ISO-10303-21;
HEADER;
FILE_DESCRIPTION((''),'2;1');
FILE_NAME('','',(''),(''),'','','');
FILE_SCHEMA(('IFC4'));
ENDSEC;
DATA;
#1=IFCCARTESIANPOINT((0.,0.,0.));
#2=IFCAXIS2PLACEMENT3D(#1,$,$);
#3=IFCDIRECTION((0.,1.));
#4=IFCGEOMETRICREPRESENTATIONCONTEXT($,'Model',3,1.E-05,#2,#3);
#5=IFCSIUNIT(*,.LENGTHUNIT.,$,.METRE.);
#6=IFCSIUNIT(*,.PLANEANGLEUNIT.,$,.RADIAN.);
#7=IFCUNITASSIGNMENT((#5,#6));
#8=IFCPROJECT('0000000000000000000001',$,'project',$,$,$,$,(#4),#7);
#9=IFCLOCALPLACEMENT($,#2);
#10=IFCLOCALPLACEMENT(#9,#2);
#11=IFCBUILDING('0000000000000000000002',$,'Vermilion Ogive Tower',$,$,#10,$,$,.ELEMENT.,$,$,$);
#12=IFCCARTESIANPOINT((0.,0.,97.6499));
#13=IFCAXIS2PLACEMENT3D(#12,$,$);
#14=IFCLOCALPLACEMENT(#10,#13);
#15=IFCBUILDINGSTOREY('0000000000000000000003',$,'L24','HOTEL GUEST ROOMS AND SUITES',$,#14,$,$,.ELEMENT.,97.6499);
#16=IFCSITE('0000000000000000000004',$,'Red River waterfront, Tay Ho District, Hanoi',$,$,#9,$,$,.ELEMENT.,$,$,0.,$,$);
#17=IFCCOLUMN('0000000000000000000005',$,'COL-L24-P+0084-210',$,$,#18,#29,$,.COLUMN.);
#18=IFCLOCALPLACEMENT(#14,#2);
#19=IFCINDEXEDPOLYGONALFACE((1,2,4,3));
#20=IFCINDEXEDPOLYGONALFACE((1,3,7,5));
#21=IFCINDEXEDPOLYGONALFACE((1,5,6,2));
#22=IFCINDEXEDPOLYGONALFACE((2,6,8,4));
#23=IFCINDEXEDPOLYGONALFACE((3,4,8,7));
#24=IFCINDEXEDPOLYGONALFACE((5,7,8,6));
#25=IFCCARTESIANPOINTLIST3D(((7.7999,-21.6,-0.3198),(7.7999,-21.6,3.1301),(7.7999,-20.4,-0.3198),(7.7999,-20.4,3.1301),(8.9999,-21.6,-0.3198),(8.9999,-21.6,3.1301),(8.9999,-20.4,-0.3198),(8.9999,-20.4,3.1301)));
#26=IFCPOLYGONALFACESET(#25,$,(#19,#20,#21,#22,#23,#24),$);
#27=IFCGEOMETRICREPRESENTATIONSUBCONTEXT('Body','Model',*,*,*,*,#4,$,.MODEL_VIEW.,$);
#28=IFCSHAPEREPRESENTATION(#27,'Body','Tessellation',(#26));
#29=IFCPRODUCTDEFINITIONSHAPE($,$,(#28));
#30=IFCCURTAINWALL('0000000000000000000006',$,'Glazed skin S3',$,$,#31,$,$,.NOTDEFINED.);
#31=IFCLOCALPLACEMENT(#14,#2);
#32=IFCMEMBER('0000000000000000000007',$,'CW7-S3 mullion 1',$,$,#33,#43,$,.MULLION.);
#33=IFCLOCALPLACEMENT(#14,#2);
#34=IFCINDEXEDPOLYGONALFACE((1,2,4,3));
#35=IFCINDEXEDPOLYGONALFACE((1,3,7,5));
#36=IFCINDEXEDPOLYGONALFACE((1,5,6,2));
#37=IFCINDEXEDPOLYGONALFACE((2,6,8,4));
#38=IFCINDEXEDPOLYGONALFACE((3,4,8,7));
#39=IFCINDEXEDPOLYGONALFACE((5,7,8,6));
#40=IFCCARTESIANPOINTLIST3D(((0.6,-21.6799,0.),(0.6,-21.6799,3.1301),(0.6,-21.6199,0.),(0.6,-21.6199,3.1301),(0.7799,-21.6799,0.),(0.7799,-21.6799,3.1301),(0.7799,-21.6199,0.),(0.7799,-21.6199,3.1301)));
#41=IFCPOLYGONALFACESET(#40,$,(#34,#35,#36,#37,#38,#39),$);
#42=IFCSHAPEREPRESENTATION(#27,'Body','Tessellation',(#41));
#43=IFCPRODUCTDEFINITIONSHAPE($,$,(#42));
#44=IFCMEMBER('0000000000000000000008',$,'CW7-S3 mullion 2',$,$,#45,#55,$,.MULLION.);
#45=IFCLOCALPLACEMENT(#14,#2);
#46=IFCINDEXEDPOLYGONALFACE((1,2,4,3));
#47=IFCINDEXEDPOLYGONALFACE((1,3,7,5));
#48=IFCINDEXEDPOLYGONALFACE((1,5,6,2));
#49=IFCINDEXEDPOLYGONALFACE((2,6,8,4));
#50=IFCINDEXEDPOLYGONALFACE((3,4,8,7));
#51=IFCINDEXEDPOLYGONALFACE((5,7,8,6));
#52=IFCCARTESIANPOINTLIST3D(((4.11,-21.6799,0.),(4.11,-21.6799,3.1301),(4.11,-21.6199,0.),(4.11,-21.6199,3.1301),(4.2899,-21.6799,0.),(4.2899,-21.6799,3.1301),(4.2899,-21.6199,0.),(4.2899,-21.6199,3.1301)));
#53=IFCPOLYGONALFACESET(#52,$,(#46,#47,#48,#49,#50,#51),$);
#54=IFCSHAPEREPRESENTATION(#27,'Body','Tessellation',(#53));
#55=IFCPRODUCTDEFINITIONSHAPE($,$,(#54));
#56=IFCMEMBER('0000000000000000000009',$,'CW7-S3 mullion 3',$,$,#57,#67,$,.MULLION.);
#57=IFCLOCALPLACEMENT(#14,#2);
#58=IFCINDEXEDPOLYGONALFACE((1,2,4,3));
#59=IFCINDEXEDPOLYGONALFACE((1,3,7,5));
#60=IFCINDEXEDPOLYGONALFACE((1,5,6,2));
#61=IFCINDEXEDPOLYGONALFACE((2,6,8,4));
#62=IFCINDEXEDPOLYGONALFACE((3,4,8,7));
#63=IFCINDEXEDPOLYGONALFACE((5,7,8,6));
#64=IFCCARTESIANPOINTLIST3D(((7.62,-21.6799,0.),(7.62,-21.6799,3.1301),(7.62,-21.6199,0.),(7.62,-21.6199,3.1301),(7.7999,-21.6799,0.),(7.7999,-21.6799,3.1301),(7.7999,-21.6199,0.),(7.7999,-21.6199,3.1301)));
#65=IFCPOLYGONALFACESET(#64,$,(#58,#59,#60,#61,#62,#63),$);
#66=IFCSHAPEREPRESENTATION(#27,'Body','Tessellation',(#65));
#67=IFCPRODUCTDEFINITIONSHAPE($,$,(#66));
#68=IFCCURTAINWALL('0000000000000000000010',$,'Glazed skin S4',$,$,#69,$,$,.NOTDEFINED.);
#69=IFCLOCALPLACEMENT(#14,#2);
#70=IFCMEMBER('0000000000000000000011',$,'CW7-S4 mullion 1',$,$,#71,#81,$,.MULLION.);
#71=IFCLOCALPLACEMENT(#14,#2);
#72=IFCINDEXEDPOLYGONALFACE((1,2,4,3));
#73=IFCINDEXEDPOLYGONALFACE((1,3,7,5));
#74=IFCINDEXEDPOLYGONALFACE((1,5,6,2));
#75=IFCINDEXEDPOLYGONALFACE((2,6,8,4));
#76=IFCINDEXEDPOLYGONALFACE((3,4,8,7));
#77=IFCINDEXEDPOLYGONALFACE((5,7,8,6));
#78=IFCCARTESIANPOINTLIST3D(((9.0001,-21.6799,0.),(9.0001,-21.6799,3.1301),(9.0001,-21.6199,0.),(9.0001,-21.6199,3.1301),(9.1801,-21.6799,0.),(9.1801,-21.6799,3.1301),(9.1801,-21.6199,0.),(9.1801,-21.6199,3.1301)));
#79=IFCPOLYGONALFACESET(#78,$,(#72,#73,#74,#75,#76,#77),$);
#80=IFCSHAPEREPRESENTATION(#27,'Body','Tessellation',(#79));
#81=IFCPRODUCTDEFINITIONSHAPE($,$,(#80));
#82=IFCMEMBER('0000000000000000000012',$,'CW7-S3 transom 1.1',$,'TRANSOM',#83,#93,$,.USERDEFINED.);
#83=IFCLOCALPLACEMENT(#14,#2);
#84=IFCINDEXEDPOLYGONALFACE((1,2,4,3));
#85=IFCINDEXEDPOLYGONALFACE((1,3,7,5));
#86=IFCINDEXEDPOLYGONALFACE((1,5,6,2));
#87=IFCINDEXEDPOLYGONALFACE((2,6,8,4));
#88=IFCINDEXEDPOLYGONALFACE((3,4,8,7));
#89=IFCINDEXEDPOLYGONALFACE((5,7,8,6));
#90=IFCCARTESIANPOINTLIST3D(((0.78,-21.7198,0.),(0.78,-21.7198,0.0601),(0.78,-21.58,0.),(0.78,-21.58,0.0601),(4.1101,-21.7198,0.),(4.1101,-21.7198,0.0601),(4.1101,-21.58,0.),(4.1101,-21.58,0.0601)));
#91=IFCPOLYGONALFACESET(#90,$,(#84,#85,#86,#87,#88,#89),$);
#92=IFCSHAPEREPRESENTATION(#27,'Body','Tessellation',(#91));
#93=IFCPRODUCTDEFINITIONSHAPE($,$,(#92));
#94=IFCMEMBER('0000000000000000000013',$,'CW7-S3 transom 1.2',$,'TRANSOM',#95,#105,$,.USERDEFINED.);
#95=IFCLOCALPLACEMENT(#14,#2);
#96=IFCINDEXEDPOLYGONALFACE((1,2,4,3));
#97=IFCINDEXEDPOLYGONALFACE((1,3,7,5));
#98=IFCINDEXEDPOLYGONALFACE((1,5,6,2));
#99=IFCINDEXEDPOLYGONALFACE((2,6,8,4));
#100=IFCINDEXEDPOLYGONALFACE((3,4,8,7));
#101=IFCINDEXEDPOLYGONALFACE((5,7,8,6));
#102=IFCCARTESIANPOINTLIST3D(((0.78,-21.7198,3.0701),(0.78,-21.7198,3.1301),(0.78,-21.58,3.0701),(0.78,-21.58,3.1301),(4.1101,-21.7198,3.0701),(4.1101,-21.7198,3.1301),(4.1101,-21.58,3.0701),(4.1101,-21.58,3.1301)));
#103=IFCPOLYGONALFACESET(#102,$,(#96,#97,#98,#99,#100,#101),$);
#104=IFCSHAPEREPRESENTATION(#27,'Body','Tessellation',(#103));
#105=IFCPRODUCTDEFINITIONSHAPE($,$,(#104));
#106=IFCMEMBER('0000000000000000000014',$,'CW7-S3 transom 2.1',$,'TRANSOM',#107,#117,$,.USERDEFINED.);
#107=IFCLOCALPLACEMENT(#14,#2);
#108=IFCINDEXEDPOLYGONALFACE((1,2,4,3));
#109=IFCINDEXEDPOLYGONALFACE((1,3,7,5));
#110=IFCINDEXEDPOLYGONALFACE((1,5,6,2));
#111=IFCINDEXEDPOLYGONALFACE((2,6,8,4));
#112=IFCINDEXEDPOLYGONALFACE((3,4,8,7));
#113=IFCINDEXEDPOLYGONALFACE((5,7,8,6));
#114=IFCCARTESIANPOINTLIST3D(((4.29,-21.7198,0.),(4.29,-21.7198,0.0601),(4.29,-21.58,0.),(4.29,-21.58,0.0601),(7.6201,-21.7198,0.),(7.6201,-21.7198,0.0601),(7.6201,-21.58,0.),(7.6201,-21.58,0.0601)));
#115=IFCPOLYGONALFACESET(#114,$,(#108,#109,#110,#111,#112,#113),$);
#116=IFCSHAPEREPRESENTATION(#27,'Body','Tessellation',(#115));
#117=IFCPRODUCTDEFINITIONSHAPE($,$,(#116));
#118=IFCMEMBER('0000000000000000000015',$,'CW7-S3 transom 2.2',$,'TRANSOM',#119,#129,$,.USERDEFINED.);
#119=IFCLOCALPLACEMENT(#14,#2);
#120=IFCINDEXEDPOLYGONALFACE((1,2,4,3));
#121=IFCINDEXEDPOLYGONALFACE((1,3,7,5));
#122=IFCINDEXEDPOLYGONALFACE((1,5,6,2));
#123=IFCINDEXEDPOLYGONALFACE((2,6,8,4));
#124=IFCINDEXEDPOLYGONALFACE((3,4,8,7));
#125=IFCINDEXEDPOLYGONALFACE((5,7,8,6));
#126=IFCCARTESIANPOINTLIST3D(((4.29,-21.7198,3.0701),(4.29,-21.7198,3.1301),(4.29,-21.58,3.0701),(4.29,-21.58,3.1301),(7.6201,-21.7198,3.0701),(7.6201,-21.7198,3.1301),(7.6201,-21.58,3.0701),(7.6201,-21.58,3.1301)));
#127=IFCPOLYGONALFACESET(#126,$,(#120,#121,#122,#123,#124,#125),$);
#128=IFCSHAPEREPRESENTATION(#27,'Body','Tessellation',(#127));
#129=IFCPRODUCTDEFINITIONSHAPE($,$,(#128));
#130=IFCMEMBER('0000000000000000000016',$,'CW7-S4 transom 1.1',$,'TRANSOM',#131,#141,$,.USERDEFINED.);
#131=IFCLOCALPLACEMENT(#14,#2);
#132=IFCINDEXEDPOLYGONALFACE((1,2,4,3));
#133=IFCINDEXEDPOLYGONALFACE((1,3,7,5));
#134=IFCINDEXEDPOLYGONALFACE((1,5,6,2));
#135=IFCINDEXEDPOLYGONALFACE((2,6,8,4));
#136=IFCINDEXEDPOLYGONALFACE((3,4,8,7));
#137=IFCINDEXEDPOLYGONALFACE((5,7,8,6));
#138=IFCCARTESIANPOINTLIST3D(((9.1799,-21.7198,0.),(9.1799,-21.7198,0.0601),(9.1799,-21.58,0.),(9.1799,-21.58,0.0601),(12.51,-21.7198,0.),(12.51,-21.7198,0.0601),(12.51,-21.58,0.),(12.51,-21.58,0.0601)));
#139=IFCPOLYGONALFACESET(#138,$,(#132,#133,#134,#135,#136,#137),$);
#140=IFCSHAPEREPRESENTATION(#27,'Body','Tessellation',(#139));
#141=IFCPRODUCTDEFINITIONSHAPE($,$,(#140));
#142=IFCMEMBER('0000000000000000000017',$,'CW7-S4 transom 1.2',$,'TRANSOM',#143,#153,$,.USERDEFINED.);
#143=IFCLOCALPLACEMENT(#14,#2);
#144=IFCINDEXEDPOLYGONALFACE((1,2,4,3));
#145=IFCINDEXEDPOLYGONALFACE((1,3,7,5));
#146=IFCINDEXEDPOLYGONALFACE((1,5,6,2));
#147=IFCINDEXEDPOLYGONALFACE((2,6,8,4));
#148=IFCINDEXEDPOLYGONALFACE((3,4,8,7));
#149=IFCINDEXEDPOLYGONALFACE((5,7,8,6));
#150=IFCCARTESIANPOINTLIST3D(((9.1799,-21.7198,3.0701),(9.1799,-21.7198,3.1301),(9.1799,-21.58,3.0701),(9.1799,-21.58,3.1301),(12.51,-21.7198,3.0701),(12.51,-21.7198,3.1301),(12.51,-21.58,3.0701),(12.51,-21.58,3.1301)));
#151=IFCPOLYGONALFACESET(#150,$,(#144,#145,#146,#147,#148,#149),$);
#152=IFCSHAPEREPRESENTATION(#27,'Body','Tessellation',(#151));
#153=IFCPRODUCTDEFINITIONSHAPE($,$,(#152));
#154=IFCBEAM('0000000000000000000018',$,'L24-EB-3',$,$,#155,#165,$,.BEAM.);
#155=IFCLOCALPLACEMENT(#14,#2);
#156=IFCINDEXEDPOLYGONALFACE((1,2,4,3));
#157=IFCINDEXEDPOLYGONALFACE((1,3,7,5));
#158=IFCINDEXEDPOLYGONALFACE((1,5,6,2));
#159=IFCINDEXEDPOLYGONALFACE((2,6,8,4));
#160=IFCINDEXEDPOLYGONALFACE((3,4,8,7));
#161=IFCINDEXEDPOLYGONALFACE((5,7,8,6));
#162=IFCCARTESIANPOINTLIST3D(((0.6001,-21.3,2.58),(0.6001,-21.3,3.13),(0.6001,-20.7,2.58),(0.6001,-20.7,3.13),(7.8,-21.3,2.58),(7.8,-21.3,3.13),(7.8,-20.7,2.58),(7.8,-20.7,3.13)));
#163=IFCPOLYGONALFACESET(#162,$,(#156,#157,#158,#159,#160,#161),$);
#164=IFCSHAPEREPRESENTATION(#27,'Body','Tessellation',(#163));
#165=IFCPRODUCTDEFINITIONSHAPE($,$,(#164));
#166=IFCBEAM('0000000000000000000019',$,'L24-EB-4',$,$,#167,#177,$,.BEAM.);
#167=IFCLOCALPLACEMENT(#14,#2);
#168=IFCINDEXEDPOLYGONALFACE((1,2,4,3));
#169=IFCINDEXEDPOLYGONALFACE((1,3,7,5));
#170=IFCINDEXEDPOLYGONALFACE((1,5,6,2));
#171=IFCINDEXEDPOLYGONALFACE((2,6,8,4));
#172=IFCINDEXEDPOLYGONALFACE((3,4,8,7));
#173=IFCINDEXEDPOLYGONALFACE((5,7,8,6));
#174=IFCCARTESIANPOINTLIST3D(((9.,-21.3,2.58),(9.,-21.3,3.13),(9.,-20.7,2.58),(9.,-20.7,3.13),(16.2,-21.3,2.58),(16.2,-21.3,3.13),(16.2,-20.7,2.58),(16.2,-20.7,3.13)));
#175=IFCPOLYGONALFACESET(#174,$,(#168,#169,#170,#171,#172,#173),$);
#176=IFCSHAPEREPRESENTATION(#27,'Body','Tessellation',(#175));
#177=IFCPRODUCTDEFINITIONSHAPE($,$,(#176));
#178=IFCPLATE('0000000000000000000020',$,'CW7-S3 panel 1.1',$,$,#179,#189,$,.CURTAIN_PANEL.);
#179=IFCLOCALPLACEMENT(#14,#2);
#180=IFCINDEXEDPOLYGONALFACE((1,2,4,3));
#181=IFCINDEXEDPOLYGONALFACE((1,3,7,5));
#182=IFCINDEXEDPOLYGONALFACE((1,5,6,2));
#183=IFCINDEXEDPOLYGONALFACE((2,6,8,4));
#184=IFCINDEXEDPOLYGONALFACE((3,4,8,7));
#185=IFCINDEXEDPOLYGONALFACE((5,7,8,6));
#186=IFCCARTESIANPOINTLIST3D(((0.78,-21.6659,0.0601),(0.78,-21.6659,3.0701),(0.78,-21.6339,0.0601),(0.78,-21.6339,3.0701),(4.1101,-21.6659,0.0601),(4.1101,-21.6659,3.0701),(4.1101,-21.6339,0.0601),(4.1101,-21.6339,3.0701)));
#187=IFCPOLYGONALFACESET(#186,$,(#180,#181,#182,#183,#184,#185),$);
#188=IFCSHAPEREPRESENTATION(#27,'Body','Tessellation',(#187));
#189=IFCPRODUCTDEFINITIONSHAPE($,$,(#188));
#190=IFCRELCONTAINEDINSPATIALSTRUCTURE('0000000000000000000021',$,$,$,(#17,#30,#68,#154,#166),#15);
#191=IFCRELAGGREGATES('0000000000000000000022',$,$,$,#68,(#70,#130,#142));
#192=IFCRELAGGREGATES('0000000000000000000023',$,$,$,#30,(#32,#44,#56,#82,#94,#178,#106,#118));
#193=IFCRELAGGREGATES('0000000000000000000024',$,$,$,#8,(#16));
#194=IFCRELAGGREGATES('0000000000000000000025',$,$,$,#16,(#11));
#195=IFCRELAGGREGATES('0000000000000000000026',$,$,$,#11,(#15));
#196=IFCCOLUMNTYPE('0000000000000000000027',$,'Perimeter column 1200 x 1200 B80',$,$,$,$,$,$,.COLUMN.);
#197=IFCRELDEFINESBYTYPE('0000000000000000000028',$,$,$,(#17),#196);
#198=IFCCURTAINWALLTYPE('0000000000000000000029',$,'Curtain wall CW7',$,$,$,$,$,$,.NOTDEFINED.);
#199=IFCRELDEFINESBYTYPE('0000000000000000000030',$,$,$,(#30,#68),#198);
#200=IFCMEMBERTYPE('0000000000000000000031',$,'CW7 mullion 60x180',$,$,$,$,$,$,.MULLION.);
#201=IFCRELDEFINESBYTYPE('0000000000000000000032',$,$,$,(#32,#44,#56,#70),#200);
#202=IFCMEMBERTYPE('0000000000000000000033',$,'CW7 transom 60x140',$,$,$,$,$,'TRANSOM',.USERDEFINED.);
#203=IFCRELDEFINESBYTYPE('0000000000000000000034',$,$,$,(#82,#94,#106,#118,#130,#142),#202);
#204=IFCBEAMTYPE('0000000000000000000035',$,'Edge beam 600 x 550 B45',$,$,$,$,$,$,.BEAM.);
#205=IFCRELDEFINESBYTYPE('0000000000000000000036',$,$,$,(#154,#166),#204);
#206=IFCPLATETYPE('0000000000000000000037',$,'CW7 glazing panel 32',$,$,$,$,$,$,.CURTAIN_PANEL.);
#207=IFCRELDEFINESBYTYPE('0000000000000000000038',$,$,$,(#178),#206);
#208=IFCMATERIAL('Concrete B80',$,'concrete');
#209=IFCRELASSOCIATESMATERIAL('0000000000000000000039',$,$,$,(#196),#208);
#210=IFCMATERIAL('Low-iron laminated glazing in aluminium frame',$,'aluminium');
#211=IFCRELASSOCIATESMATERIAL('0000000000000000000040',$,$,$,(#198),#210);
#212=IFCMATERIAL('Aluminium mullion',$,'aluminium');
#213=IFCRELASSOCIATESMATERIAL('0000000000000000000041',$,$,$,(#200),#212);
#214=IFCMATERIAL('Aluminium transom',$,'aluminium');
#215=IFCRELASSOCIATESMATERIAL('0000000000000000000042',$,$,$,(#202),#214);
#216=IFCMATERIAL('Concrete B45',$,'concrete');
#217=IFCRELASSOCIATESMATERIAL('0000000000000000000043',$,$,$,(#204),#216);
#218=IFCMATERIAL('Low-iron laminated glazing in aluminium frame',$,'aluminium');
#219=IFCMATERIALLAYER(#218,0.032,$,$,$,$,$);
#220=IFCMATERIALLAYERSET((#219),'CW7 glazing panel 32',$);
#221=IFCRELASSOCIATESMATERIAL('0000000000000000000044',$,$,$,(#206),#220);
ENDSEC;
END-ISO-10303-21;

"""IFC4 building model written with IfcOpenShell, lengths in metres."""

from ifc_helpers import new_model, si_unit, direction, frame, origin, origin_2d, place, context, subcontext, project, spatial, rectangle, extrude, material, layer, layer_set, material_profile, profile_set, type_object, element, aggregate, save


model = new_model("IFC4")

# Units and contexts
model_context = context("Model", 3, precision=1e-05, world=origin(), true_north=direction((0.0, 1.0)))
body_context = subcontext(model_context, "Body", "Model", "MODEL_VIEW")
ifc_project = project(units=[si_unit("LENGTHUNIT", "METRE"), si_unit("PLANEANGLEUNIT", "RADIAN")], contexts=[model_context])

# Site, building, storey
site_placement = place(None, origin())
site = spatial("IfcSite", under=ifc_project, at=site_placement, Name="Red River waterfront, Tay Ho District, Hanoi", CompositionType="ELEMENT", RefElevation=0.0)
building_placement = place(site_placement, origin())
building = spatial("IfcBuilding", under=site, at=building_placement, Name="Vermilion Ogive Tower", CompositionType="ELEMENT")
storey_placement = place(building_placement, frame((0.0, 0.0, 97.6499)))
storey = spatial("IfcBuildingStorey", under=building, at=storey_placement, Name="L24", Description="HOTEL GUEST ROOMS AND SUITES", CompositionType="ELEMENT", Elevation=97.6499)

# Column
ifc_material_1 = material(Name="Concrete B80", Category="concrete")
ifc_material_profile_1 = material_profile(ifc_material_1, rectangle(XDim=1.2, YDim=1.2, at=origin_2d()), Name="1200 x 1200")
ifc_profile_set_1 = profile_set([ifc_material_profile_1], Name="Concrete B80")
column_type = type_object("IfcColumnType", Name="Perimeter column 1200 x 1200 B80", PredefinedType="COLUMN", material=ifc_profile_set_1)
column_placement = place(storey_placement, frame((8.3999, -21.0, -0.3198), z_axis=(0.0, 0.0, 1.0), x_axis=(1.0, 0.0, 0.0)))
element("IfcColumn", 1, at=column_placement, inside=storey, type_object=column_type, Name="COL-L24-P+0084-210", PredefinedType="COLUMN", context=body_context, shape_type="SweptSolid", body=[
    extrude(rectangle(XDim=1.2, YDim=1.2, at=origin_2d()), origin(), (0.0, 0.0, 1.0), 3.45),
])

# Curtain wall, members
ifc_material_2 = material(Name="Low-iron laminated glazing in aluminium frame", Category="aluminium")
curtain_wall_type = type_object("IfcCurtainWallType", Name="Curtain wall CW7", PredefinedType="NOTDEFINED", material=ifc_material_2)
curtain_wall_1_placement = place(storey_placement, origin())
curtain_wall_1 = element("IfcCurtainWall", 2, at=curtain_wall_1_placement, inside=storey, type_object=curtain_wall_type, Name="Glazed skin S3", PredefinedType="NOTDEFINED")
ifc_material_3 = material(Name="Aluminium mullion", Category="aluminium")
ifc_material_profile_2 = material_profile(ifc_material_3, rectangle(XDim=0.0601, YDim=0.1799, at=origin_2d()), Name="AL 60x180")
ifc_profile_set_2 = profile_set([ifc_material_profile_2], Name="Aluminium mullion")
member_type_1 = type_object("IfcMemberType", Name="CW7 mullion 60x180", PredefinedType="MULLION", material=ifc_profile_set_2)
member_1_placement = place(storey_placement, frame((0.6899, -21.6499, 0.0), z_axis=(0.0, 0.0, 1.0), x_axis=(0.0, 1.0, 0.0)))
member_1 = element("IfcMember", 3, at=member_1_placement, type_object=member_type_1, Name="CW7-S3 mullion 1", PredefinedType="MULLION", context=body_context, shape_type="SweptSolid", body=[
    extrude(rectangle(XDim=0.0601, YDim=0.1799, at=origin_2d()), origin(), (0.0, 0.0, 1.0), 3.1301),
])
member_2_placement = place(storey_placement, frame((4.2, -21.6499, 0.0), z_axis=(0.0, 0.0, 1.0), x_axis=(0.0, 1.0, 0.0)))
member_2 = element("IfcMember", 4, at=member_2_placement, type_object=member_type_1, Name="CW7-S3 mullion 2", PredefinedType="MULLION", context=body_context, shape_type="SweptSolid", body=[
    extrude(rectangle(XDim=0.0601, YDim=0.1799, at=origin_2d()), origin(), (0.0, 0.0, 1.0), 3.1301),
])
member_3_placement = place(storey_placement, frame((7.71, -21.6499, 0.0), z_axis=(0.0, 0.0, 1.0), x_axis=(0.0, 1.0, 0.0)))
member_3 = element("IfcMember", 5, at=member_3_placement, type_object=member_type_1, Name="CW7-S3 mullion 3", PredefinedType="MULLION", context=body_context, shape_type="SweptSolid", body=[
    extrude(rectangle(XDim=0.0601, YDim=0.1799, at=origin_2d()), origin(), (0.0, 0.0, 1.0), 3.1301),
])

# Curtain wall, member
curtain_wall_2_placement = place(storey_placement, origin())
curtain_wall_2 = element("IfcCurtainWall", 6, at=curtain_wall_2_placement, inside=storey, type_object=curtain_wall_type, Name="Glazed skin S4", PredefinedType="NOTDEFINED")
member_4_placement = place(storey_placement, frame((9.0901, -21.6499, 0.0), z_axis=(0.0, 0.0, 1.0), x_axis=(0.0, 1.0, 0.0)))
member_4 = element("IfcMember", 7, at=member_4_placement, type_object=member_type_1, Name="CW7-S4 mullion 1", PredefinedType="MULLION", context=body_context, shape_type="SweptSolid", body=[
    extrude(rectangle(XDim=0.0601, YDim=0.1799, at=origin_2d()), origin(), (0.0, 0.0, 1.0), 3.1301),
])

# Members
ifc_material_4 = material(Name="Aluminium transom", Category="aluminium")
ifc_material_profile_3 = material_profile(ifc_material_4, rectangle(XDim=0.1399, YDim=0.0601, at=origin_2d()), Name="AL 60x140")
ifc_profile_set_3 = profile_set([ifc_material_profile_3], Name="Aluminium transom")
member_type_2 = type_object("IfcMemberType", Name="CW7 transom 60x140", ElementType="TRANSOM", PredefinedType="USERDEFINED", material=ifc_profile_set_3)
member_5_placement = place(storey_placement, frame((0.78, -21.6499, 0.03), z_axis=(1.0, 0.0, 0.0), x_axis=(0.0, 1.0, 0.0)))
member_5 = element("IfcMember", 8, at=member_5_placement, type_object=member_type_2, Name="CW7-S3 transom 1.1", ObjectType="TRANSOM", PredefinedType="USERDEFINED", context=body_context, shape_type="SweptSolid", body=[
    extrude(rectangle(XDim=0.1399, YDim=0.0601, at=origin_2d()), origin(), (0.0, 0.0, 1.0), 3.3301),
])
member_6_placement = place(storey_placement, frame((0.78, -21.6499, 3.1001), z_axis=(1.0, 0.0, 0.0), x_axis=(0.0, 1.0, 0.0)))
member_6 = element("IfcMember", 9, at=member_6_placement, type_object=member_type_2, Name="CW7-S3 transom 1.2", ObjectType="TRANSOM", PredefinedType="USERDEFINED", context=body_context, shape_type="SweptSolid", body=[
    extrude(rectangle(XDim=0.1399, YDim=0.0601, at=origin_2d()), origin(), (0.0, 0.0, 1.0), 3.3301),
])
member_7_placement = place(storey_placement, frame((4.29, -21.6499, 0.03), z_axis=(1.0, 0.0, 0.0), x_axis=(0.0, 1.0, 0.0)))
member_7 = element("IfcMember", 10, at=member_7_placement, type_object=member_type_2, Name="CW7-S3 transom 2.1", ObjectType="TRANSOM", PredefinedType="USERDEFINED", context=body_context, shape_type="SweptSolid", body=[
    extrude(rectangle(XDim=0.1399, YDim=0.0601, at=origin_2d()), origin(), (0.0, 0.0, 1.0), 3.3301),
])
member_8_placement = place(storey_placement, frame((4.29, -21.6499, 3.1001), z_axis=(1.0, 0.0, 0.0), x_axis=(0.0, 1.0, 0.0)))
member_8 = element("IfcMember", 11, at=member_8_placement, type_object=member_type_2, Name="CW7-S3 transom 2.2", ObjectType="TRANSOM", PredefinedType="USERDEFINED", context=body_context, shape_type="SweptSolid", body=[
    extrude(rectangle(XDim=0.1399, YDim=0.0601, at=origin_2d()), origin(), (0.0, 0.0, 1.0), 3.3301),
])
member_9_placement = place(storey_placement, frame((9.1799, -21.6499, 0.03), z_axis=(1.0, 0.0, 0.0), x_axis=(0.0, 1.0, 0.0)))
member_9 = element("IfcMember", 12, at=member_9_placement, type_object=member_type_2, Name="CW7-S4 transom 1.1", ObjectType="TRANSOM", PredefinedType="USERDEFINED", context=body_context, shape_type="SweptSolid", body=[
    extrude(rectangle(XDim=0.1399, YDim=0.0601, at=origin_2d()), origin(), (0.0, 0.0, 1.0), 3.3301),
])
member_10_placement = place(storey_placement, frame((9.1799, -21.6499, 3.1001), z_axis=(1.0, 0.0, 0.0), x_axis=(0.0, 1.0, 0.0)))
member_10 = element("IfcMember", 13, at=member_10_placement, type_object=member_type_2, Name="CW7-S4 transom 1.2", ObjectType="TRANSOM", PredefinedType="USERDEFINED", context=body_context, shape_type="SweptSolid", body=[
    extrude(rectangle(XDim=0.1399, YDim=0.0601, at=origin_2d()), origin(), (0.0, 0.0, 1.0), 3.3301),
])
aggregate(curtain_wall_2, [member_4, member_9, member_10])

# Beams
ifc_material_5 = material(Name="Concrete B45", Category="concrete")
ifc_material_profile_4 = material_profile(ifc_material_5, rectangle(XDim=0.6001, YDim=0.55, at=origin_2d()), Name="600 x 550")
ifc_profile_set_4 = profile_set([ifc_material_profile_4], Name="Concrete B45")
beam_type = type_object("IfcBeamType", Name="Edge beam 600 x 550 B45", PredefinedType="BEAM", material=ifc_profile_set_4)
for number, where, z_axis, x_axis, name in (
    (14, (0.6001, -21.0, 2.855), (1.0, 0.0, 0.0), (0.0, 1.0, 0.0), "L24-EB-3"),
    (15, (9.0, -21.0, 2.855), (1.0, 0.0, 0.0), (0.0, 1.0, 0.0), "L24-EB-4"),
):
    element("IfcBeam", number, at=place(storey_placement, frame(where, z_axis=z_axis, x_axis=x_axis)), inside=storey, type_object=beam_type, Name=name, PredefinedType="BEAM", context=body_context, shape_type="SweptSolid", body=[
        extrude(rectangle(XDim=0.6001, YDim=0.55, at=origin_2d()), origin(), (0.0, 0.0, 1.0), 7.2),
    ])

# Plate
ifc_material_6 = material(Name="Low-iron laminated glazing in aluminium frame", Category="aluminium")
ifc_layer_1 = layer(ifc_material_6, 0.032)
ifc_layer_set_1 = layer_set([ifc_layer_1], Name="CW7 glazing panel 32")
plate_type = type_object("IfcPlateType", Name="CW7 glazing panel 32", PredefinedType="CURTAIN_PANEL", material=ifc_layer_set_1)
plate_1_placement = place(storey_placement, frame((2.4451, -21.6499, 0.0601), z_axis=(0.0, 0.0, 1.0), x_axis=(1.0, 0.0, 0.0)))
plate_1 = element("IfcPlate", 16, at=plate_1_placement, type_object=plate_type, Name="CW7-S3 panel 1.1", PredefinedType="CURTAIN_PANEL", context=body_context, shape_type="SweptSolid", body=[
    extrude(rectangle(XDim=3.3301, YDim=0.032, at=origin_2d()), origin(), (0.0, 0.0, 1.0), 3.01),
])
aggregate(curtain_wall_1, [member_1, member_2, member_3, member_5, member_6, plate_1, member_7, member_8])

save(model, "model.ifc")
